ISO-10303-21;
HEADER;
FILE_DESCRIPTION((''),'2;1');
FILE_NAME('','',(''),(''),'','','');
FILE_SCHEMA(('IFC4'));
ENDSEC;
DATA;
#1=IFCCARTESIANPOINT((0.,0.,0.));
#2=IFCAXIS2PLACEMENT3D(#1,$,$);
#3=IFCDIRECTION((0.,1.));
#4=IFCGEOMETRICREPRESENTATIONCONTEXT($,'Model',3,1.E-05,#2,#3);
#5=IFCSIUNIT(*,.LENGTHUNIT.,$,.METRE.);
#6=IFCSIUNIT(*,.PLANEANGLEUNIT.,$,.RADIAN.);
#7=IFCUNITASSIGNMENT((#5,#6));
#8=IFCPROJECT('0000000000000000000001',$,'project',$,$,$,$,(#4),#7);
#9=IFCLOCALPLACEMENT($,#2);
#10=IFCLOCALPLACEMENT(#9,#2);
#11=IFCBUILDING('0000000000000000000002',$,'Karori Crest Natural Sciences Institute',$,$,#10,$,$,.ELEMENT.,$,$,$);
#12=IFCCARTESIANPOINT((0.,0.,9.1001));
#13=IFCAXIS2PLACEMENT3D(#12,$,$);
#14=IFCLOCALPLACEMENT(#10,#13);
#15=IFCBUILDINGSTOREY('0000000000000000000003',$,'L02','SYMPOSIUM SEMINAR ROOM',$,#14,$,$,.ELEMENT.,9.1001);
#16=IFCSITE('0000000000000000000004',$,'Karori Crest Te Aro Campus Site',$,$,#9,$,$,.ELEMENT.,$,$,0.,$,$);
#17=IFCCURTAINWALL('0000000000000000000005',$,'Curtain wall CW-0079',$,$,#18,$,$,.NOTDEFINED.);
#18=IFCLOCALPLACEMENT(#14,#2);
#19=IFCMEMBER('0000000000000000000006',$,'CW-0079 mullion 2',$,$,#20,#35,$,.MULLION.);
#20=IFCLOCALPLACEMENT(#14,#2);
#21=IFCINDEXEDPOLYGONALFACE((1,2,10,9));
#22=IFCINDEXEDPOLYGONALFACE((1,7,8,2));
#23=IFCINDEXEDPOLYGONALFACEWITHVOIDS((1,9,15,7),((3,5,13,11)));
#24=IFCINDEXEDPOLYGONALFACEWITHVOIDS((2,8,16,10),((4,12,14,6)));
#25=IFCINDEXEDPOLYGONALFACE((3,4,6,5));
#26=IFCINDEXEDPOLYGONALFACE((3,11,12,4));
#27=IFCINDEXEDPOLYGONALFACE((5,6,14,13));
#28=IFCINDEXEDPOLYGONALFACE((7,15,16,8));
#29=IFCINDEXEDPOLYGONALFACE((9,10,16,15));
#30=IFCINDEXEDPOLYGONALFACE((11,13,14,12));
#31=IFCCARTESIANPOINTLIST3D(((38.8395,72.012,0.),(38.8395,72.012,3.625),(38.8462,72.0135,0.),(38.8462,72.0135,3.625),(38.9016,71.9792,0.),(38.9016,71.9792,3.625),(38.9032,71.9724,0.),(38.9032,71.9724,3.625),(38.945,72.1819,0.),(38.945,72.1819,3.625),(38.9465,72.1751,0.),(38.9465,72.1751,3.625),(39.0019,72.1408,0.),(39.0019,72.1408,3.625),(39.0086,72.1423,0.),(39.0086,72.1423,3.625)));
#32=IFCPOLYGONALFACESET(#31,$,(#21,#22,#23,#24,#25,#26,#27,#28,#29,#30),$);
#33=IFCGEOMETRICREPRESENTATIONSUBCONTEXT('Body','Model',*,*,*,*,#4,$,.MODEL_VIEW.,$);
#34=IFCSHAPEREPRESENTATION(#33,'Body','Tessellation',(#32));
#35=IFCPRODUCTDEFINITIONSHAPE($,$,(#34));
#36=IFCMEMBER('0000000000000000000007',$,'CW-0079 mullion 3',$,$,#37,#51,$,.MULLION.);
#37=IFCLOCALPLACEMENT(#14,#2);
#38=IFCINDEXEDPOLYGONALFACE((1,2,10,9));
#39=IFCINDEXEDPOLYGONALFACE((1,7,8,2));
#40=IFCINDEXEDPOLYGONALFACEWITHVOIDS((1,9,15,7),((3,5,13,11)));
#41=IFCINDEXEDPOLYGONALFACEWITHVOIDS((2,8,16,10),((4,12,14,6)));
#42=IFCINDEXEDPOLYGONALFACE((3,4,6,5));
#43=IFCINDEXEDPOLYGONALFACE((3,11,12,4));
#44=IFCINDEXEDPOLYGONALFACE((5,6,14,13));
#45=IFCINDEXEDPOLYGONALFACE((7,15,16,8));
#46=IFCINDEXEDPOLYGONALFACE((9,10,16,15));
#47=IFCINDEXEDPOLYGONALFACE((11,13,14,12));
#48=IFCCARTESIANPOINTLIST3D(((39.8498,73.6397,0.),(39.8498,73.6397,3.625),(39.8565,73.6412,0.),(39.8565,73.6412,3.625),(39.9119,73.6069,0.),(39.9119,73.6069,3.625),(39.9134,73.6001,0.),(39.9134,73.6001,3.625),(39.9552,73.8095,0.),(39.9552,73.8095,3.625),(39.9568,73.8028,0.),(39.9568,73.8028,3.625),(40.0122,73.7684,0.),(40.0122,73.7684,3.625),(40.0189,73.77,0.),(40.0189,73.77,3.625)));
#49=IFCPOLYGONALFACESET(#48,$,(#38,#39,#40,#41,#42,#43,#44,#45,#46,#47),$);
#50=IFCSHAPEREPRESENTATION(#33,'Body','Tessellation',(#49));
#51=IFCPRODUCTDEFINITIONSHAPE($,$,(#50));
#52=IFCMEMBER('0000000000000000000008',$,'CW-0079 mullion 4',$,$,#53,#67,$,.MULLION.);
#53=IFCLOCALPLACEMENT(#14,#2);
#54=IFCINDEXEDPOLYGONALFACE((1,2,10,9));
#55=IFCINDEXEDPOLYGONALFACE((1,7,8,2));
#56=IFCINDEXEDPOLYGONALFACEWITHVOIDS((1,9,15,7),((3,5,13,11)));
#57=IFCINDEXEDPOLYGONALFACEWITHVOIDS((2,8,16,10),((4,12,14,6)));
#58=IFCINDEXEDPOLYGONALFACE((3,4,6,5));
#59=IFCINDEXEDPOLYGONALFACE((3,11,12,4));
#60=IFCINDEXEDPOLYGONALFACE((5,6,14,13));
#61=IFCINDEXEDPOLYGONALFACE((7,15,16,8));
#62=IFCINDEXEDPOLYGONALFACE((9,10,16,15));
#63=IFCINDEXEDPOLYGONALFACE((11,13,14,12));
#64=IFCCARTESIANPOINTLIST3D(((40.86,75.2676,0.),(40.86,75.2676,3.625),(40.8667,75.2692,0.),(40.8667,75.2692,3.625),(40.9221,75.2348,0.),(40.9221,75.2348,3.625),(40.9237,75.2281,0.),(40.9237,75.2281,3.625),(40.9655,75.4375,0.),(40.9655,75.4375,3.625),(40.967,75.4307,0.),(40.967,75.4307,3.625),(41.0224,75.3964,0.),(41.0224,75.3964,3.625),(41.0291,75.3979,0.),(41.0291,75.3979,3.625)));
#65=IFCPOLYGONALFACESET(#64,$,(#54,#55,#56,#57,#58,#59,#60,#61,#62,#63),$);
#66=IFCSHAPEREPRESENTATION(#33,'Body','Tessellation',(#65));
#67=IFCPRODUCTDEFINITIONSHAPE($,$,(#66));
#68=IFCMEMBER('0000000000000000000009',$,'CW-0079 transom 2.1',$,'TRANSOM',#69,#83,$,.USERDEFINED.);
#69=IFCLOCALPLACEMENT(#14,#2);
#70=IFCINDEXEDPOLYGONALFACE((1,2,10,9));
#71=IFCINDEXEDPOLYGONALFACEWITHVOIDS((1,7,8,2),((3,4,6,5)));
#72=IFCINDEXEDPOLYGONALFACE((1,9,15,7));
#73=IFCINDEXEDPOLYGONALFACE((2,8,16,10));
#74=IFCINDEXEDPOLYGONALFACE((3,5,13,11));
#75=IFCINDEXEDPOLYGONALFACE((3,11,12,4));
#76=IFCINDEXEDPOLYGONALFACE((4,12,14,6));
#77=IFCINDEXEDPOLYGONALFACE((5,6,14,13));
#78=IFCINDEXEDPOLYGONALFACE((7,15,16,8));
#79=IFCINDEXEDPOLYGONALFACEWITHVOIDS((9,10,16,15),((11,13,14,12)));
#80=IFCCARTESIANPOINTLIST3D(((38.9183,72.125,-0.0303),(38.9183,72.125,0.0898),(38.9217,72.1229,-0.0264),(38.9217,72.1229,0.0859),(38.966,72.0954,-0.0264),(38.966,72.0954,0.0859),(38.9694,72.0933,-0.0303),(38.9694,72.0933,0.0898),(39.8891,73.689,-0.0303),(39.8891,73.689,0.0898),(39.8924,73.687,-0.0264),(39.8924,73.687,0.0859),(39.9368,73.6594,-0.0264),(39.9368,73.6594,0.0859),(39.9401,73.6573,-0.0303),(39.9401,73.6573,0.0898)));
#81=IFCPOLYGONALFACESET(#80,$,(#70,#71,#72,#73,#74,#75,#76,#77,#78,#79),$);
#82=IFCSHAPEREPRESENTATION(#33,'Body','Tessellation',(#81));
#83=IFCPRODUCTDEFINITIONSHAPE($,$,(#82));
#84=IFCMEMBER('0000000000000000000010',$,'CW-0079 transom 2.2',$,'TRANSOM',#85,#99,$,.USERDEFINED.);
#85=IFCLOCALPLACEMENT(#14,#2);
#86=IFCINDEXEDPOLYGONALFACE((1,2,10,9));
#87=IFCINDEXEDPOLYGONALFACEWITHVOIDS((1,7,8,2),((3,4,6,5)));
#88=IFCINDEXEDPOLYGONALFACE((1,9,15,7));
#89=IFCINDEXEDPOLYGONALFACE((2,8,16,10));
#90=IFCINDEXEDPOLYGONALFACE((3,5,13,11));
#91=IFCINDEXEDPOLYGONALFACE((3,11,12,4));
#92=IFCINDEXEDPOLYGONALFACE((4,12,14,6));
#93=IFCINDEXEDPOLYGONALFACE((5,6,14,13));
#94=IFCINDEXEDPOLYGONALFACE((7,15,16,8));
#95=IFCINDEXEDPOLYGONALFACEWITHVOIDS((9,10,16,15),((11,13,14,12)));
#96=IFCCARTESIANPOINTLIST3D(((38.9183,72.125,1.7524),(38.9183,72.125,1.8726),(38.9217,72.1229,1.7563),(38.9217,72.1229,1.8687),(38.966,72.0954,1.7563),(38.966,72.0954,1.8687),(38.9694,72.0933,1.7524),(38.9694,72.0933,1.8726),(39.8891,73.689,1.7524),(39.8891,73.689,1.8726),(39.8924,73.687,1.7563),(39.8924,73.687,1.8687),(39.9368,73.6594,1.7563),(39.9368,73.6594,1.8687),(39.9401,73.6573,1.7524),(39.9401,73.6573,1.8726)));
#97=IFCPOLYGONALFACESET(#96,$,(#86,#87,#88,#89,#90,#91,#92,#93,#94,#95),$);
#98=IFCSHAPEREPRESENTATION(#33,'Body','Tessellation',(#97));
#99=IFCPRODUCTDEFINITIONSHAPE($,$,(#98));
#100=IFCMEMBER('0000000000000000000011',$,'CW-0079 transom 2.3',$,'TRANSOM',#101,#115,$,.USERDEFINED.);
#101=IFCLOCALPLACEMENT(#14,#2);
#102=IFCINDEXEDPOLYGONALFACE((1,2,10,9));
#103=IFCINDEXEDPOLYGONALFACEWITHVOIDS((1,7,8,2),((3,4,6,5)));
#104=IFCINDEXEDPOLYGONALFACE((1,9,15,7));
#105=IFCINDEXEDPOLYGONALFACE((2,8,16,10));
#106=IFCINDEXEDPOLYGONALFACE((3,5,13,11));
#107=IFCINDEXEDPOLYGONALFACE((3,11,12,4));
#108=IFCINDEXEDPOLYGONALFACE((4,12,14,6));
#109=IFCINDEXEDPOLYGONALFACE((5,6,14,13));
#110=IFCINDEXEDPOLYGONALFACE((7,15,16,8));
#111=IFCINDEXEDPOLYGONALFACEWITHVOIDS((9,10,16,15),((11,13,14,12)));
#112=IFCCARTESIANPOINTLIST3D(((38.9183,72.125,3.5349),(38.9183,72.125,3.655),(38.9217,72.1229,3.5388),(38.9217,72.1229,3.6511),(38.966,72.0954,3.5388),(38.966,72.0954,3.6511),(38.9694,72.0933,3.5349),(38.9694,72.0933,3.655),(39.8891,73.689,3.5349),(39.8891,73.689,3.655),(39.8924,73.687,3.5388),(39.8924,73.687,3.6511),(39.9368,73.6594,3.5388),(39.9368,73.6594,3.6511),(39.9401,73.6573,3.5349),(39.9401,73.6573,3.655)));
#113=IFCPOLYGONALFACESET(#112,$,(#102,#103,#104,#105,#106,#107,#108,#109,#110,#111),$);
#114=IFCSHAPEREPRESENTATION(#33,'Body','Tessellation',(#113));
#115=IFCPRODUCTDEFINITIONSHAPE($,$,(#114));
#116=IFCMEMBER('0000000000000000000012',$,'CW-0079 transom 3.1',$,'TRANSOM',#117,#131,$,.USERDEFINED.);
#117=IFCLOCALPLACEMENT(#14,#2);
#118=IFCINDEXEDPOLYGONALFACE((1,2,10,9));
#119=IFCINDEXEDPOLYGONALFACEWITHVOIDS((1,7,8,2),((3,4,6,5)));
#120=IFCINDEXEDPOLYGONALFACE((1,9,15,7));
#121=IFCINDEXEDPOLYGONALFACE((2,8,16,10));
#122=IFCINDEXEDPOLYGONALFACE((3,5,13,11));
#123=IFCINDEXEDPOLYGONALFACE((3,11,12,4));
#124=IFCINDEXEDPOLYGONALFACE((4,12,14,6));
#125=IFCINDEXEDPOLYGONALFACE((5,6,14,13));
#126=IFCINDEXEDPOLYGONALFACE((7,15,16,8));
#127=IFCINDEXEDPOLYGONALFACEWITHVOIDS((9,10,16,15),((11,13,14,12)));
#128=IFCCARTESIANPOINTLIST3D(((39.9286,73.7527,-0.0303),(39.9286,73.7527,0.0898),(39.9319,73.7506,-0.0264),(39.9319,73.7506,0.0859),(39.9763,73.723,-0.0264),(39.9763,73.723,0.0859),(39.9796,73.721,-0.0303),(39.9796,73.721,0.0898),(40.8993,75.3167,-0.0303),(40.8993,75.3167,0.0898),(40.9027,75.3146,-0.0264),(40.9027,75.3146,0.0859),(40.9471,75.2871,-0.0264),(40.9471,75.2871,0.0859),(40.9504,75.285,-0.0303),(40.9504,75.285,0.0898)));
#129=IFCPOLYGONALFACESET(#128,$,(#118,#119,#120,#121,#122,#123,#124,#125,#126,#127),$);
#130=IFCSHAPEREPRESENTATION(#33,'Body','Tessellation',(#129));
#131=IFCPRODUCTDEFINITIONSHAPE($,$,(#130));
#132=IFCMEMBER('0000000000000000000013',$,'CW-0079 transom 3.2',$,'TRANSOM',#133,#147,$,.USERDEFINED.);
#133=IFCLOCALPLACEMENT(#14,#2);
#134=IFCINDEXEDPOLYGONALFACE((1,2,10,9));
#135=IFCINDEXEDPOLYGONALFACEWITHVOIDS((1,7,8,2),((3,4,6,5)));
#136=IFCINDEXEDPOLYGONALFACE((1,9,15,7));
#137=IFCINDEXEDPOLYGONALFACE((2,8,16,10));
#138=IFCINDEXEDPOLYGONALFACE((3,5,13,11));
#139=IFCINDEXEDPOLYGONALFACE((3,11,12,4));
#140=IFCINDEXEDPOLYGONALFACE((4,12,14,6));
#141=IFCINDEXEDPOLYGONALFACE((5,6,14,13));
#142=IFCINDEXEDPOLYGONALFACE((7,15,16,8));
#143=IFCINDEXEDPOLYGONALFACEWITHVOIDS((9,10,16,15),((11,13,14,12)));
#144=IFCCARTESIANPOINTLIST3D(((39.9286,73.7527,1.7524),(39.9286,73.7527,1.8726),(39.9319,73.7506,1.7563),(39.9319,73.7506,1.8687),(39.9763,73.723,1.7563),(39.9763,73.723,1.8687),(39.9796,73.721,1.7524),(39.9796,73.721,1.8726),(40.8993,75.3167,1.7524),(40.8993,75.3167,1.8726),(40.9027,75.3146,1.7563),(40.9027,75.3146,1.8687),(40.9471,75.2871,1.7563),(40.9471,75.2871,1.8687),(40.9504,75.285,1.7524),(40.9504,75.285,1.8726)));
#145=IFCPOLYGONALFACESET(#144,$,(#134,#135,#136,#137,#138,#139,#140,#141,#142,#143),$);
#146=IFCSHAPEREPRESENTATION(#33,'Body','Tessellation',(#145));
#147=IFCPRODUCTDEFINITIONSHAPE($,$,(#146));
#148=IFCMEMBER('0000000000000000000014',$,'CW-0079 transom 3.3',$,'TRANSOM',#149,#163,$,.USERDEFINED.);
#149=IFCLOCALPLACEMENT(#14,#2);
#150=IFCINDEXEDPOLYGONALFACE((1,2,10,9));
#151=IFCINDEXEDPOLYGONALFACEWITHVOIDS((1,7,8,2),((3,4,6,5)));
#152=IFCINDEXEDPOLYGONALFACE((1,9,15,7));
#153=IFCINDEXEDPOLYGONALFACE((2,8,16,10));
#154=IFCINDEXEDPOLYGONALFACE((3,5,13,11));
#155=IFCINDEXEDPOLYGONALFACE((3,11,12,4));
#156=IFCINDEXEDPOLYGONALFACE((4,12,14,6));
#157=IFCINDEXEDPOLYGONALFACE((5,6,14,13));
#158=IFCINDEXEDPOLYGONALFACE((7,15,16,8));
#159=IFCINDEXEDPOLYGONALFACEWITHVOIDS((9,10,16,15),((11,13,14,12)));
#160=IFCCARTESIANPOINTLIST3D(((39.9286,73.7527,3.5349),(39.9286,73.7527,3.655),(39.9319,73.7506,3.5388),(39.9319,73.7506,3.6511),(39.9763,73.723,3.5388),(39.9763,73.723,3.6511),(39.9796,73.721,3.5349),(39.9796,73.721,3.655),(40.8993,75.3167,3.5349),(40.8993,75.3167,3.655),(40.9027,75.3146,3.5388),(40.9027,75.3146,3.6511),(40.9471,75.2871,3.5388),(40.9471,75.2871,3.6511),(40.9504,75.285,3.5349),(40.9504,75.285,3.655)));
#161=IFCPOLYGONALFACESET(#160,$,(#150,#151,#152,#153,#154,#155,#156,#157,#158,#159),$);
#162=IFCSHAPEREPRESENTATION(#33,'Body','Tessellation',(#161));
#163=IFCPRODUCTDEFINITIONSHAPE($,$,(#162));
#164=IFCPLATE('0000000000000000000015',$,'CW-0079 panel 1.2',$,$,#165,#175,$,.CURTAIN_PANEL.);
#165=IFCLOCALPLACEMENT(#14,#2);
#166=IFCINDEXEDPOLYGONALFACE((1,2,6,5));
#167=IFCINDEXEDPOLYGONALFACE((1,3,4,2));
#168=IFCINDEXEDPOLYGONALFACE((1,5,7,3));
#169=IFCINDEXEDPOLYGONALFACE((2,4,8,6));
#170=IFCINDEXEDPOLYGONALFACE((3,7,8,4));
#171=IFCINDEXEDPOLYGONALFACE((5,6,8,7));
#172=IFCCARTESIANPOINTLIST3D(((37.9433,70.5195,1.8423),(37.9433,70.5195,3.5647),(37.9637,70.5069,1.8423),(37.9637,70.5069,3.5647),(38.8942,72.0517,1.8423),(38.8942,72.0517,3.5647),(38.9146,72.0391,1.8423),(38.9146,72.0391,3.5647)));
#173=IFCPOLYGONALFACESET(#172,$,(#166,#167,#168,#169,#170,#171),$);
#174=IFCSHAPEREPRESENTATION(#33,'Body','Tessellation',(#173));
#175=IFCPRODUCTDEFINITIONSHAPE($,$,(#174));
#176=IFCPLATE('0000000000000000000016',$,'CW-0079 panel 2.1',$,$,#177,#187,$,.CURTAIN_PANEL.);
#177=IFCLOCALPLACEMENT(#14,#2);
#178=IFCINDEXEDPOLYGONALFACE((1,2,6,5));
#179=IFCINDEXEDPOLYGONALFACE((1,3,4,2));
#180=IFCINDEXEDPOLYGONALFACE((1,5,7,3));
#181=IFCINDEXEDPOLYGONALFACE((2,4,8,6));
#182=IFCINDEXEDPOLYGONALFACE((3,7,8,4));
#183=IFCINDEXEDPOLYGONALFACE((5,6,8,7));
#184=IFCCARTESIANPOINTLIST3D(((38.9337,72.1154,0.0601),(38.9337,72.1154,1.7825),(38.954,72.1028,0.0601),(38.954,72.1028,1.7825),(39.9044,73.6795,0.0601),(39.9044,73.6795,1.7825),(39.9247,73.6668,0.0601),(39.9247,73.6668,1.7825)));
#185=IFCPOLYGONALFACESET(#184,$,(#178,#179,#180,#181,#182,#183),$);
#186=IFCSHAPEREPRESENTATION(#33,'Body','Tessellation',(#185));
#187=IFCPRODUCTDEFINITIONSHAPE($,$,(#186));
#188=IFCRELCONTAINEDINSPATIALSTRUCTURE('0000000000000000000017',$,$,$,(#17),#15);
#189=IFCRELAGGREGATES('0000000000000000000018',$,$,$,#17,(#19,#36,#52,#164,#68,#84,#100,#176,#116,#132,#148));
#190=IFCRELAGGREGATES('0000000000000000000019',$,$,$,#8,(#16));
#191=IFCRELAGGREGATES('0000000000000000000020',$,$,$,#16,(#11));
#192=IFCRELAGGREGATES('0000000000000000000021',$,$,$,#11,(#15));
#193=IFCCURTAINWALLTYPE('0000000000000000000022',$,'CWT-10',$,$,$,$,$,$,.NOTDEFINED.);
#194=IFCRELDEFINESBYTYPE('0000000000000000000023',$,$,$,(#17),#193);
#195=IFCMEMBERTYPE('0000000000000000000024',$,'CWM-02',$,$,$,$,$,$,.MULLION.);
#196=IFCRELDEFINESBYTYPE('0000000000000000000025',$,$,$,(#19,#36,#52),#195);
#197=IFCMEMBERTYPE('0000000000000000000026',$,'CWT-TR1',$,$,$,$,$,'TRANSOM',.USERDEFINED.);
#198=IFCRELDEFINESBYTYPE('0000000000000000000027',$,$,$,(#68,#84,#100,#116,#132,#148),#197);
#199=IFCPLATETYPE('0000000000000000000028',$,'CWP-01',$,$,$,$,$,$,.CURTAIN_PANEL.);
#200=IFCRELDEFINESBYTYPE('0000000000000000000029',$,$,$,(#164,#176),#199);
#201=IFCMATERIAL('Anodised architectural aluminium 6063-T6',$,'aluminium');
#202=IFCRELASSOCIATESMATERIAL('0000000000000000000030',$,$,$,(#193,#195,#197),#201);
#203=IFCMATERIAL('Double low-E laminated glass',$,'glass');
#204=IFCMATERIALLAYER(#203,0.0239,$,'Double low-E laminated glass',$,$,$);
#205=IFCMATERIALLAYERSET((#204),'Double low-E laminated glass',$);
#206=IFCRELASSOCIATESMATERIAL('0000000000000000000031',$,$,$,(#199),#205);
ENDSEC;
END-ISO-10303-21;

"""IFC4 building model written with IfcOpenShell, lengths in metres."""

from ifc_helpers import new_model, si_unit, direction, frame, origin, origin_2d, place, context, subcontext, project, spatial, rectangle, hollow_rectangle, extrude, material, layer, layer_set, material_profile, profile_set, type_object, element, aggregate, save


model = new_model("IFC4")

# Units and contexts
model_context = context("Model", 3, precision=1e-05, world=origin(), true_north=direction((0.0, 1.0)))
body_context = subcontext(model_context, "Body", "Model", "MODEL_VIEW")
ifc_project = project(units=[si_unit("LENGTHUNIT", "METRE"), si_unit("PLANEANGLEUNIT", "RADIAN")], contexts=[model_context])

# Site, building, storey
site_placement = place(None, origin())
site = spatial("IfcSite", under=ifc_project, at=site_placement, Name="Karori Crest Te Aro Campus Site", CompositionType="ELEMENT", RefElevation=0.0)
building_placement = place(site_placement, origin())
building = spatial("IfcBuilding", under=site, at=building_placement, Name="Karori Crest Natural Sciences Institute", CompositionType="ELEMENT")
storey_placement = place(building_placement, frame((0.0, 0.0, 9.1001)))
storey = spatial("IfcBuildingStorey", under=building, at=storey_placement, Name="L02", Description="SYMPOSIUM SEMINAR ROOM", CompositionType="ELEMENT", Elevation=9.1001)

# Curtain wall, members, plates
ifc_material_1 = material(Name="Anodised architectural aluminium 6063-T6", Category="aluminium")
curtain_wall_type = type_object("IfcCurtainWallType", Name="CWT-10", PredefinedType="NOTDEFINED", material=ifc_material_1)
curtain_wall_placement = place(storey_placement, origin())
curtain_wall = element("IfcCurtainWall", 1, at=curtain_wall_placement, inside=storey, type_object=curtain_wall_type, Name="Curtain wall CW-0079", PredefinedType="NOTDEFINED")
ifc_material_profile_1 = material_profile(ifc_material_1, hollow_rectangle(XDim=0.075, YDim=0.2, WallThickness=0.0049, at=origin_2d()), Name="CWM200x75x5")
ifc_profile_set_1 = profile_set([ifc_material_profile_1], Name="Anodised architectural aluminium 6063-T6")
member_type_1 = type_object("IfcMemberType", Name="CWM-02", PredefinedType="MULLION", material=ifc_profile_set_1)
member_1_placement = place(storey_placement, frame((38.9241, 72.0771, 0.0), z_axis=(0.0, 0.0, 1.0), x_axis=(-0.849662, 0.527328, 0.0)))
member_1 = element("IfcMember", 2, at=member_1_placement, type_object=member_type_1, Name="CW-0079 mullion 2", PredefinedType="MULLION", context=body_context, shape_type="SweptSolid", body=[
    extrude(hollow_rectangle(XDim=0.075, YDim=0.2, WallThickness=0.0049, at=origin_2d()), origin(), (0.0, 0.0, 1.0), 3.625),
])
member_2_placement = place(storey_placement, frame((39.9343, 73.7048, 0.0), z_axis=(0.0, 0.0, 1.0), x_axis=(-0.849662, 0.527328, 0.0)))
member_2 = element("IfcMember", 3, at=member_2_placement, type_object=member_type_1, Name="CW-0079 mullion 3", PredefinedType="MULLION", context=body_context, shape_type="SweptSolid", body=[
    extrude(hollow_rectangle(XDim=0.075, YDim=0.2, WallThickness=0.0049, at=origin_2d()), origin(), (0.0, 0.0, 1.0), 3.625),
])
member_3_placement = place(storey_placement, frame((40.9446, 75.3328, 0.0), z_axis=(0.0, 0.0, 1.0), x_axis=(-0.849662, 0.527328, 0.0)))
member_3 = element("IfcMember", 4, at=member_3_placement, type_object=member_type_1, Name="CW-0079 mullion 4", PredefinedType="MULLION", context=body_context, shape_type="SweptSolid", body=[
    extrude(hollow_rectangle(XDim=0.075, YDim=0.2, WallThickness=0.0049, at=origin_2d()), origin(), (0.0, 0.0, 1.0), 3.625),
])
ifc_material_profile_2 = material_profile(ifc_material_1, hollow_rectangle(XDim=0.0601, YDim=0.1201, WallThickness=0.0039, at=origin_2d()), Name="CWT120x60x4")
ifc_profile_set_2 = profile_set([ifc_material_profile_2], Name="Anodised architectural aluminium 6063-T6")
member_type_2 = type_object("IfcMemberType", Name="CWT-TR1", ElementType="TRANSOM", PredefinedType="USERDEFINED", material=ifc_profile_set_2)
member_4_placement = place(storey_placement, frame((38.9438, 72.1091, 0.0298), z_axis=(0.52735, 0.849648, 0.0), x_axis=(-0.849648, 0.52735, 0.0)))
member_4 = element("IfcMember", 5, at=member_4_placement, type_object=member_type_2, Name="CW-0079 transom 2.1", ObjectType="TRANSOM", PredefinedType="USERDEFINED", context=body_context, shape_type="SweptSolid", body=[
    extrude(hollow_rectangle(XDim=0.0601, YDim=0.1201, WallThickness=0.0039, at=origin_2d()), origin(), (0.0, 0.0, 1.0), 1.8408),
])
member_5_placement = place(storey_placement, frame((38.9438, 72.1091, 1.8125), z_axis=(0.52735, 0.849648, 0.0), x_axis=(-0.849648, 0.52735, 0.0)))
member_5 = element("IfcMember", 6, at=member_5_placement, type_object=member_type_2, Name="CW-0079 transom 2.2", ObjectType="TRANSOM", PredefinedType="USERDEFINED", context=body_context, shape_type="SweptSolid", body=[
    extrude(hollow_rectangle(XDim=0.0601, YDim=0.1201, WallThickness=0.0039, at=origin_2d()), origin(), (0.0, 0.0, 1.0), 1.8408),
])
member_6_placement = place(storey_placement, frame((38.9438, 72.1091, 3.595), z_axis=(0.52735, 0.849648, 0.0), x_axis=(-0.849648, 0.52735, 0.0)))
member_6 = element("IfcMember", 7, at=member_6_placement, type_object=member_type_2, Name="CW-0079 transom 2.3", ObjectType="TRANSOM", PredefinedType="USERDEFINED", context=body_context, shape_type="SweptSolid", body=[
    extrude(hollow_rectangle(XDim=0.0601, YDim=0.1201, WallThickness=0.0039, at=origin_2d()), origin(), (0.0, 0.0, 1.0), 1.8408),
])
member_7_placement = place(storey_placement, frame((39.9541, 73.7368, 0.0298), z_axis=(0.52735, 0.849648, 0.0), x_axis=(-0.849648, 0.52735, 0.0)))
member_7 = element("IfcMember", 8, at=member_7_placement, type_object=member_type_2, Name="CW-0079 transom 3.1", ObjectType="TRANSOM", PredefinedType="USERDEFINED", context=body_context, shape_type="SweptSolid", body=[
    extrude(hollow_rectangle(XDim=0.0601, YDim=0.1201, WallThickness=0.0039, at=origin_2d()), origin(), (0.0, 0.0, 1.0), 1.8408),
])
member_8_placement = place(storey_placement, frame((39.9541, 73.7368, 1.8125), z_axis=(0.52735, 0.849648, 0.0), x_axis=(-0.849648, 0.52735, 0.0)))
member_8 = element("IfcMember", 9, at=member_8_placement, type_object=member_type_2, Name="CW-0079 transom 3.2", ObjectType="TRANSOM", PredefinedType="USERDEFINED", context=body_context, shape_type="SweptSolid", body=[
    extrude(hollow_rectangle(XDim=0.0601, YDim=0.1201, WallThickness=0.0039, at=origin_2d()), origin(), (0.0, 0.0, 1.0), 1.8408),
])
member_9_placement = place(storey_placement, frame((39.9541, 73.7368, 3.595), z_axis=(0.52735, 0.849648, 0.0), x_axis=(-0.849648, 0.52735, 0.0)))
member_9 = element("IfcMember", 10, at=member_9_placement, type_object=member_type_2, Name="CW-0079 transom 3.3", ObjectType="TRANSOM", PredefinedType="USERDEFINED", context=body_context, shape_type="SweptSolid", body=[
    extrude(hollow_rectangle(XDim=0.0601, YDim=0.1201, WallThickness=0.0039, at=origin_2d()), origin(), (0.0, 0.0, 1.0), 1.8408),
])
ifc_material_2 = material(Name="Double low-E laminated glass", Category="glass")
ifc_layer_1 = layer(ifc_material_2, 0.0239, Name="Double low-E laminated glass")
ifc_layer_set_1 = layer_set([ifc_layer_1], Name="Double low-E laminated glass")
plate_type = type_object("IfcPlateType", Name="CWP-01", PredefinedType="CURTAIN_PANEL", material=ifc_layer_set_1)
plate_1_placement = place(storey_placement, frame((38.429, 71.2793, 1.8423), z_axis=(0.0, 0.0, 1.0), x_axis=(0.527328, 0.849662, 0.0)))
plate_1 = element("IfcPlate", 11, at=plate_1_placement, type_object=plate_type, Name="CW-0079 panel 1.2", PredefinedType="CURTAIN_PANEL", context=body_context, shape_type="SweptSolid", body=[
    extrude(rectangle(XDim=1.8032, YDim=0.0239, at=origin_2d()), origin(), (0.0, 0.0, 1.0), 1.7224),
])
plate_2_placement = place(storey_placement, frame((39.4292, 72.8911, 0.0601), z_axis=(0.0, 0.0, 1.0), x_axis=(0.527328, 0.849662, 0.0)))
plate_2 = element("IfcPlate", 12, at=plate_2_placement, type_object=plate_type, Name="CW-0079 panel 2.1", PredefinedType="CURTAIN_PANEL", context=body_context, shape_type="SweptSolid", body=[
    extrude(rectangle(XDim=1.8408, YDim=0.0239, at=origin_2d()), origin(), (0.0, 0.0, 1.0), 1.7224),
])
aggregate(curtain_wall, [member_1, member_2, member_3, plate_1, member_4, member_5, member_6, plate_2, member_7, member_8, member_9])

save(model, "model.ifc")
